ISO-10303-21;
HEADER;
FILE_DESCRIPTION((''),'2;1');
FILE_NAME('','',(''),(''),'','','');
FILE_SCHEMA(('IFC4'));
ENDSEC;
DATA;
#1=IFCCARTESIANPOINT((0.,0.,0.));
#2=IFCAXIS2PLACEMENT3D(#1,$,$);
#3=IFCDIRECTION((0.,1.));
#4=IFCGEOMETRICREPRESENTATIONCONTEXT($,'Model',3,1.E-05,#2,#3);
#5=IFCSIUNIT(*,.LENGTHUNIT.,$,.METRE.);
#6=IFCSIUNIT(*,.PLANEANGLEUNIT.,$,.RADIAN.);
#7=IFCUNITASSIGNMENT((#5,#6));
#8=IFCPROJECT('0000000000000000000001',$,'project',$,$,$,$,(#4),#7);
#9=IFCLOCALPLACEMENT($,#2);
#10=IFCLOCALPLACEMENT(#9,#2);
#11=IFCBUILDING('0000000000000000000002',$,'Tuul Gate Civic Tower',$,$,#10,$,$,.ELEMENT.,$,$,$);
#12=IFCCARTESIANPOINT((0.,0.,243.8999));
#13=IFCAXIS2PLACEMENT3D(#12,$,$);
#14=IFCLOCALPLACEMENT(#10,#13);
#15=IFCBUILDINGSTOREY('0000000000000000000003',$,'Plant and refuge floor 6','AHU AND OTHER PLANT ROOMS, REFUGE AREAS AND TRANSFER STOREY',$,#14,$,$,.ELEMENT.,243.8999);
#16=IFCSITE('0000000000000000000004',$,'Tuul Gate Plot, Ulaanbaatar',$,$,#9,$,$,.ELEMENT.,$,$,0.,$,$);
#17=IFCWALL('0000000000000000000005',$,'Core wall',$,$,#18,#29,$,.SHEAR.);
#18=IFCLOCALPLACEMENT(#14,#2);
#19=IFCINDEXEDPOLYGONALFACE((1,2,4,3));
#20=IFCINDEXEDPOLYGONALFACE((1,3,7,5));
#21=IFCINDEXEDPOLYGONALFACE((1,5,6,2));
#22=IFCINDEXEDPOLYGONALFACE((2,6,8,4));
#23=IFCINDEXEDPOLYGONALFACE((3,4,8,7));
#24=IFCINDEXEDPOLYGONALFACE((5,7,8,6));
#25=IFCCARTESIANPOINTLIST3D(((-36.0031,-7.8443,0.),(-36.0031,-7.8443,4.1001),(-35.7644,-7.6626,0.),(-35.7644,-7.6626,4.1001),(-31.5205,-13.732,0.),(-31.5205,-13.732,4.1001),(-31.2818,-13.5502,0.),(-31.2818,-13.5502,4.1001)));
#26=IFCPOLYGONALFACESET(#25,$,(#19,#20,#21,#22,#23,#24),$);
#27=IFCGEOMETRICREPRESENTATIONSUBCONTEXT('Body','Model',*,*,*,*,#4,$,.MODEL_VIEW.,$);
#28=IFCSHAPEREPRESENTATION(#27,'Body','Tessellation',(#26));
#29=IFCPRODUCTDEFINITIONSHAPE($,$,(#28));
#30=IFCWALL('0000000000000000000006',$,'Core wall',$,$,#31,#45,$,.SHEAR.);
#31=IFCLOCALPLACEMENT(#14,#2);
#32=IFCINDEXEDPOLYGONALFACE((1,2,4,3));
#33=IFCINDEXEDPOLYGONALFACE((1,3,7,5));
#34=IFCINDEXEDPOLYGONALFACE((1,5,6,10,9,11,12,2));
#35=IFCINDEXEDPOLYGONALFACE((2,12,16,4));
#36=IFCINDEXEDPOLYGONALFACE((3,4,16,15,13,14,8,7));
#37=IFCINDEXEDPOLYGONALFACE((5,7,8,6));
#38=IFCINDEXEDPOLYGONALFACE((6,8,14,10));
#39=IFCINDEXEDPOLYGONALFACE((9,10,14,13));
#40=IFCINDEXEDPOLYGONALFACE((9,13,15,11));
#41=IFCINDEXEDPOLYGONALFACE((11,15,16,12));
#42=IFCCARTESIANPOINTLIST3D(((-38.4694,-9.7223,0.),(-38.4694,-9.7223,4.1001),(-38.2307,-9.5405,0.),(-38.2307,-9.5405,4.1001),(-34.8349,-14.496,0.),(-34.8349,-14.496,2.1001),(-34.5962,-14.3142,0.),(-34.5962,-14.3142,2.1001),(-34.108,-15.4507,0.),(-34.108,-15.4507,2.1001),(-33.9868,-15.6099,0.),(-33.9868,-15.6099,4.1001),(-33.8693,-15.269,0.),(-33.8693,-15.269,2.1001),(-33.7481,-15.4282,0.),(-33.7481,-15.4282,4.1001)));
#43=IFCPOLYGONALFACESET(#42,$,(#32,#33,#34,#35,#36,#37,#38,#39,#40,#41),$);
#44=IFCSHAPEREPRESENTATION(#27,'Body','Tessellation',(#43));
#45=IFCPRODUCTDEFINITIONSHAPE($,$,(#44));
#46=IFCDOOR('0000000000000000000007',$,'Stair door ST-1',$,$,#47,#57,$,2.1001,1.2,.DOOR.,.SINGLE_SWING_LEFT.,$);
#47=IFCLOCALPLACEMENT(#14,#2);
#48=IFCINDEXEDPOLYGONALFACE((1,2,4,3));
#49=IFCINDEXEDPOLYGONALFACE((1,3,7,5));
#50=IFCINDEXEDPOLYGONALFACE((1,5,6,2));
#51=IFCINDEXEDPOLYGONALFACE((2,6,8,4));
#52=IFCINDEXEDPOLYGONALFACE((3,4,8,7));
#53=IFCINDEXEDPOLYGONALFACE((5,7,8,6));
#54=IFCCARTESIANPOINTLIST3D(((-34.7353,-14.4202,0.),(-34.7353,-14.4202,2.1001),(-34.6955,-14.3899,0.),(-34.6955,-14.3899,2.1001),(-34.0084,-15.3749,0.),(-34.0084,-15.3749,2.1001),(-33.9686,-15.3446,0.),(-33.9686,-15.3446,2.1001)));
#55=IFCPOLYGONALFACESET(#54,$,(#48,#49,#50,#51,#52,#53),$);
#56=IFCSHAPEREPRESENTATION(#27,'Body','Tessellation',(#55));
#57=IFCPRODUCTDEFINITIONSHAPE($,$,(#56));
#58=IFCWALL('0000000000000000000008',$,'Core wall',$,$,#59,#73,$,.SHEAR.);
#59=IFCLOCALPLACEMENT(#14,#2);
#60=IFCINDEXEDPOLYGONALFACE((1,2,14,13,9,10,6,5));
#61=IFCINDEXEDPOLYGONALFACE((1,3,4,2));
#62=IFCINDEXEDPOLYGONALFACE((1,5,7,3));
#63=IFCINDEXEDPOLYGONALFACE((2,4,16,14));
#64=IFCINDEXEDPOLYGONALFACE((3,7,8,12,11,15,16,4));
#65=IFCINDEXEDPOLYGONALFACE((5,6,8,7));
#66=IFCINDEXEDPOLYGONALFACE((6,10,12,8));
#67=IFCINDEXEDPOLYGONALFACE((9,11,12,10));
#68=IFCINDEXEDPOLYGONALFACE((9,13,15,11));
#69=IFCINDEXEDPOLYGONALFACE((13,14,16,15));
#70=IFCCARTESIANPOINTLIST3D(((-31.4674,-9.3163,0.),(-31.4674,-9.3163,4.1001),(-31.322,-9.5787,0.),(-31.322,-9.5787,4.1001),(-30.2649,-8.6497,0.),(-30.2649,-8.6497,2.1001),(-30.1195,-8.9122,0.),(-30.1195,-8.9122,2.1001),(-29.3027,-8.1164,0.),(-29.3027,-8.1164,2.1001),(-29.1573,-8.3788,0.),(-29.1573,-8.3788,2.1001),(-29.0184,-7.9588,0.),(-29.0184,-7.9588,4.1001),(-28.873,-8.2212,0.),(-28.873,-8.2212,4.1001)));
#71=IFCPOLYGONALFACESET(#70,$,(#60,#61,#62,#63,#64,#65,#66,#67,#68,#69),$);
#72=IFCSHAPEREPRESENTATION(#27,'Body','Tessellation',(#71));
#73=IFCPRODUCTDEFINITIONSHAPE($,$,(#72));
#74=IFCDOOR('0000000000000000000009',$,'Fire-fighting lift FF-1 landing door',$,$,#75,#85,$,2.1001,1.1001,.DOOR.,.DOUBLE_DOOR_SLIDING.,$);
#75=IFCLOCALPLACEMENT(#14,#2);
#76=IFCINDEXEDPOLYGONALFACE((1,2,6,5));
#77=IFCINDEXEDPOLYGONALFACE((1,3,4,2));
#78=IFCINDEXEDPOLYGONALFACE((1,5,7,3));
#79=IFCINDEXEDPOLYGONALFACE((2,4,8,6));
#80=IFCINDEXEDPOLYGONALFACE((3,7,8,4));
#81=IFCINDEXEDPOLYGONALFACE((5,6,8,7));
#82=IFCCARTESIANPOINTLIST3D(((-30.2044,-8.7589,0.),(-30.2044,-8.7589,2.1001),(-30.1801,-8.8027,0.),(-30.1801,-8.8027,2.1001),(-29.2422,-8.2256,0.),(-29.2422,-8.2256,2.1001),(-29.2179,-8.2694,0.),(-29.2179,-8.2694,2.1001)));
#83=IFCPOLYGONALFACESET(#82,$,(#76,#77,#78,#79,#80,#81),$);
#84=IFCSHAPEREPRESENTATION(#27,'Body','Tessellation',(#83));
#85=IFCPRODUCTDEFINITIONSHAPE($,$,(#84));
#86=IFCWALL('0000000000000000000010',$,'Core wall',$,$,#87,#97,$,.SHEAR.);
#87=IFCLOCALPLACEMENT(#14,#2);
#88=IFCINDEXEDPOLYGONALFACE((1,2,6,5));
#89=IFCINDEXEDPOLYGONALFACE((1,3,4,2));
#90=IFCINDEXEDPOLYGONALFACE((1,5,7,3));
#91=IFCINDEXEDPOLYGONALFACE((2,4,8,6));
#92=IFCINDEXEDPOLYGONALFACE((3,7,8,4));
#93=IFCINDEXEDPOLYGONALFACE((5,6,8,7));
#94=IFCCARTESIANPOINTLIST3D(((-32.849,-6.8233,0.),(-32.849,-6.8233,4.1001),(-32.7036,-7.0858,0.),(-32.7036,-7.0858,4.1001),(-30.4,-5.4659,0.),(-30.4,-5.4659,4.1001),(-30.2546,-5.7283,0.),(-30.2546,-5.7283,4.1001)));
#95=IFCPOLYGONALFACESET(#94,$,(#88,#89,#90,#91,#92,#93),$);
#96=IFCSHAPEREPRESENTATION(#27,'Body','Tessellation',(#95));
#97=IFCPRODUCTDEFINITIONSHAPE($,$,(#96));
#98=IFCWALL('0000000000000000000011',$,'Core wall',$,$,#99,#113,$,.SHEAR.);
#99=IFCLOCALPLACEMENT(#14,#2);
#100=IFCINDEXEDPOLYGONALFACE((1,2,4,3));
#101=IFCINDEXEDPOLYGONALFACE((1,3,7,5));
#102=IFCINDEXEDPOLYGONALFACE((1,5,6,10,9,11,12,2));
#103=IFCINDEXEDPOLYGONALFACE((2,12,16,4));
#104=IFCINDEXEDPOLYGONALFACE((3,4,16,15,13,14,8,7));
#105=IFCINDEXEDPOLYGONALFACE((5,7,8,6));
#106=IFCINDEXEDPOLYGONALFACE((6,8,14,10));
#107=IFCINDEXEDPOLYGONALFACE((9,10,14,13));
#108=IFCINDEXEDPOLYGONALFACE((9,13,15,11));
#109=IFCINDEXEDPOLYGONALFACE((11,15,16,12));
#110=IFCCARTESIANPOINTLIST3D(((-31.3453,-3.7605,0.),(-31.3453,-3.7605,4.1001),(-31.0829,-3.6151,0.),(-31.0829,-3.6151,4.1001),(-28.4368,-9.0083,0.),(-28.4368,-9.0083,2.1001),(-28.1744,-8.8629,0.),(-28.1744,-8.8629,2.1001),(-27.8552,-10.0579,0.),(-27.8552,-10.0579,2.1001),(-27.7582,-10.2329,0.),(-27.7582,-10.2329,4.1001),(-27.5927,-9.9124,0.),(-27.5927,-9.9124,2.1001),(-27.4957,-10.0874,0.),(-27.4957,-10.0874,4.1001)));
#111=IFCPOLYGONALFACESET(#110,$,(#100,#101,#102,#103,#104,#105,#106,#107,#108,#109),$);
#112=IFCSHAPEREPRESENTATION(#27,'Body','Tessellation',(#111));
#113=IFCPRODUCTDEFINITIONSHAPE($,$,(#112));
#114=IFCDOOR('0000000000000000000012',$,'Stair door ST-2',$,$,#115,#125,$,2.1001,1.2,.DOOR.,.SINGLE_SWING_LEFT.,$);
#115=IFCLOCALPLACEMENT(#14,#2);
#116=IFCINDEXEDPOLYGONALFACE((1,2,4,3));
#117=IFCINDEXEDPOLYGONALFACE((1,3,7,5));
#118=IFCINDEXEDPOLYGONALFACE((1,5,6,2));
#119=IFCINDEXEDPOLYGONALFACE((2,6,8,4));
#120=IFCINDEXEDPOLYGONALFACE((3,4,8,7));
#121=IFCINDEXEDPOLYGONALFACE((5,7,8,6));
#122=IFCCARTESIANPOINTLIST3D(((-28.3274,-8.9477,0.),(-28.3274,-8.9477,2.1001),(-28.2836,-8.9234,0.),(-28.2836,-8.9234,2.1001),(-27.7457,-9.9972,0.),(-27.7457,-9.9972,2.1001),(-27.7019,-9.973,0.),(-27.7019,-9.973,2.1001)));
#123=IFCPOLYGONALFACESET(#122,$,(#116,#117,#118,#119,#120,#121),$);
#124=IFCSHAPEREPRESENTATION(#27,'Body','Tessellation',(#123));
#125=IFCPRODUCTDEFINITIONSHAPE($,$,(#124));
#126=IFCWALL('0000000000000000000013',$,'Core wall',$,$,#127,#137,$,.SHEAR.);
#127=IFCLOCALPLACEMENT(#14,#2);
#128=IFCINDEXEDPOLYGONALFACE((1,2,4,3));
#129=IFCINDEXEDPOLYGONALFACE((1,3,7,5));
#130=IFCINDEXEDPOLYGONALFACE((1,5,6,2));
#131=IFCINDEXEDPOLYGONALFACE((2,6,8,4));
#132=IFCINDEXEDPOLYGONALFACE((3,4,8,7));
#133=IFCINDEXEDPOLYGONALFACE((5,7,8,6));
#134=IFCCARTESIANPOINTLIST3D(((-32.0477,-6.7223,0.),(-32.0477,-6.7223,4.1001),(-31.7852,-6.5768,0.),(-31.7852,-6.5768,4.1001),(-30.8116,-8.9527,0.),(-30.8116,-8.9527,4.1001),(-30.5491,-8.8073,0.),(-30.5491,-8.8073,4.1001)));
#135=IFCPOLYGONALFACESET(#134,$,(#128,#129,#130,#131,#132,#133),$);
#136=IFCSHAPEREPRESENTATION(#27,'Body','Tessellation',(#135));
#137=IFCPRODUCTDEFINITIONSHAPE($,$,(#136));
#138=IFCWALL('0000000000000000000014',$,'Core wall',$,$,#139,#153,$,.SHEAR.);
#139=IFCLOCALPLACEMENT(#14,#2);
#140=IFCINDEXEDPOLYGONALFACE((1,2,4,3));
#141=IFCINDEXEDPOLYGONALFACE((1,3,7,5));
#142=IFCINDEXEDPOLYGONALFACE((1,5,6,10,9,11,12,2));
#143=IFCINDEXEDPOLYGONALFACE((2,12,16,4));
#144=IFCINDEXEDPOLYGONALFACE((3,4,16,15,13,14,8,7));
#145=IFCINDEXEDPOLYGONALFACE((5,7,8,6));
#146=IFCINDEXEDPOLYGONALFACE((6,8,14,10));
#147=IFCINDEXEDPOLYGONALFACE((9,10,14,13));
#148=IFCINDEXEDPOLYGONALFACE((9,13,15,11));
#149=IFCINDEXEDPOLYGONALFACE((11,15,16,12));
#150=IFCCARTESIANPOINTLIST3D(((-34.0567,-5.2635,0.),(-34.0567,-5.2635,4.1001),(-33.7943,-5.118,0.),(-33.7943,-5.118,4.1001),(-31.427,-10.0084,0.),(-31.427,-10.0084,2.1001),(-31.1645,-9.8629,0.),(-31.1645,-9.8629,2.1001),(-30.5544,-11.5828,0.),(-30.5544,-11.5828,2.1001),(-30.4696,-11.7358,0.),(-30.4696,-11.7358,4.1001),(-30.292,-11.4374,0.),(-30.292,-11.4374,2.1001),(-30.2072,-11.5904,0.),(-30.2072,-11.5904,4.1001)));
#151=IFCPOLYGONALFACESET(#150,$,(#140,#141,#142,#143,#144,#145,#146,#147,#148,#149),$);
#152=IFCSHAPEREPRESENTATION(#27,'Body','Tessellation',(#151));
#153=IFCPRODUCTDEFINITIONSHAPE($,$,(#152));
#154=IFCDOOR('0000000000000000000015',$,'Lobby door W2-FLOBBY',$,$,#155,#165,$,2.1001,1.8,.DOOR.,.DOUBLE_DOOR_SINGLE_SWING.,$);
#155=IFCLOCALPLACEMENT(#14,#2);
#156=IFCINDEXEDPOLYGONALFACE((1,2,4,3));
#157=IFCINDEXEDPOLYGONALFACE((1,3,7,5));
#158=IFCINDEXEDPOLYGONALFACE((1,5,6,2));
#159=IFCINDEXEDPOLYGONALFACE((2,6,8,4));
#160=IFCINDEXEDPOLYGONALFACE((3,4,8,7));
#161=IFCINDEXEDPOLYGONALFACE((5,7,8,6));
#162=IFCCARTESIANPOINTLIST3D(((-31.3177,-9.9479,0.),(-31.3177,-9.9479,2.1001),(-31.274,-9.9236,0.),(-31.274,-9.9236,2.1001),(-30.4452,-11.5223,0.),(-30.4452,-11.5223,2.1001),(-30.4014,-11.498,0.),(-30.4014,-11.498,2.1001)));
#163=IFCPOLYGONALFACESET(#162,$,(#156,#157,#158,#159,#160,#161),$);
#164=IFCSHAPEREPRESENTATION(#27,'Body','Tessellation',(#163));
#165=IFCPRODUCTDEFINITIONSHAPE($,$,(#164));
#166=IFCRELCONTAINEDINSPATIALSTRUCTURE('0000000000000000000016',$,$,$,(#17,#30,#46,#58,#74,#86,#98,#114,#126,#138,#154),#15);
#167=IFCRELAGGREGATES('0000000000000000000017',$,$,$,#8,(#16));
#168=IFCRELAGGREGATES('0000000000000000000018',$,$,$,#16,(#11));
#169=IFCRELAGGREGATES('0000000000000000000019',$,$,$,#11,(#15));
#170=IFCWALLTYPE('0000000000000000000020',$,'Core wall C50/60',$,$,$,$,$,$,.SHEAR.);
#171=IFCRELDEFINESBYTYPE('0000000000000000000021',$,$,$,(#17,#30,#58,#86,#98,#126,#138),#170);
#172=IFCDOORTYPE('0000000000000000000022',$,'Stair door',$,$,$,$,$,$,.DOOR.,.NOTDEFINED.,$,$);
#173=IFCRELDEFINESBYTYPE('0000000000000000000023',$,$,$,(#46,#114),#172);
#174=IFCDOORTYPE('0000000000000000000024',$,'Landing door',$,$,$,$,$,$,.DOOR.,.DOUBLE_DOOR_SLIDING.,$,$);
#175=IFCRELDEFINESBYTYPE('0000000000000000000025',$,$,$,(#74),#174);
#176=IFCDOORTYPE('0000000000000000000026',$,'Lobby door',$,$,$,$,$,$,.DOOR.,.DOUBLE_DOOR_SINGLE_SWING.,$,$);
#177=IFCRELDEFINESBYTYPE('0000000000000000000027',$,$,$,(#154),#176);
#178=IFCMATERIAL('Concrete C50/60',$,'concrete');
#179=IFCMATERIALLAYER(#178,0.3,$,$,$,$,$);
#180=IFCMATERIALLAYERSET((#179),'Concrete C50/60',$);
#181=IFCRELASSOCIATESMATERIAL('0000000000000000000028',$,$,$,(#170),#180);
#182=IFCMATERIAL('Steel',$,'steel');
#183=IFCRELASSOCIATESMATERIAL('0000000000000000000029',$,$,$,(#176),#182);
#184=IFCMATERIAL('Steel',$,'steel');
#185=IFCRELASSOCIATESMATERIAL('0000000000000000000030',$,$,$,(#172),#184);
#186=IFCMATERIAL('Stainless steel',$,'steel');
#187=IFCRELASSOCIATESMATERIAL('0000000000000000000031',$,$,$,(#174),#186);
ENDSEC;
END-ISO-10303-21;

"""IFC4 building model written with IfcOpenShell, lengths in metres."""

from ifc_helpers import new_model, si_unit, direction, frame, frame_2d, origin, place, context, subcontext, project, spatial, rectangle, extrude, material, layer, layer_set, type_object, element, fill, save


model = new_model("IFC4")

# Units and contexts
model_context = context("Model", 3, precision=1e-05, world=origin(), true_north=direction((0.0, 1.0)))
body_context = subcontext(model_context, "Body", "Model", "MODEL_VIEW")
ifc_project = project(units=[si_unit("LENGTHUNIT", "METRE"), si_unit("PLANEANGLEUNIT", "RADIAN")], contexts=[model_context])

# Site, building, storey
site_placement = place(None, origin())
site = spatial("IfcSite", under=ifc_project, at=site_placement, Name="Tuul Gate Plot, Ulaanbaatar", CompositionType="ELEMENT", RefElevation=0.0)
building_placement = place(site_placement, origin())
building = spatial("IfcBuilding", under=site, at=building_placement, Name="Tuul Gate Civic Tower", CompositionType="ELEMENT")
storey_placement = place(building_placement, frame((0.0, 0.0, 243.8999)))
storey = spatial("IfcBuildingStorey", under=building, at=storey_placement, Name="Plant and refuge floor 6", Description="AHU AND OTHER PLANT ROOMS, REFUGE AREAS AND TRANSFER STOREY", CompositionType="ELEMENT", Elevation=243.8999)

# Shared definitions
ifc_material_1 = material(Name="Concrete C50/60", Category="concrete")
ifc_layer_1 = layer(ifc_material_1, 0.3)
ifc_layer_set_1 = layer_set([ifc_layer_1], Name="Concrete C50/60")
wall_type_1 = type_object("IfcWallType", Name="Core wall C50/60", PredefinedType="SHEAR", material=ifc_layer_set_1)
ifc_material_2 = material(Name="Steel", Category="steel")
door_type_1 = type_object("IfcDoorType", Name="Lobby door", OperationType="DOUBLE_DOOR_SINGLE_SWING", PredefinedType="DOOR", material=ifc_material_2)

# Wall
wall_1_placement = place(storey_placement, frame((-31.4011, -13.6411, 0.0), z_axis=(0.0, 0.0, 1.0), x_axis=(-0.60577, 0.79564, 0.0)))
element("IfcWall", 1, at=wall_1_placement, inside=storey, type_object=wall_type_1, Name="Core wall", PredefinedType="SHEAR", context=body_context, shape_type="SweptSolid", body=[
    extrude(rectangle(XDim=7.3999, YDim=0.3, at=frame_2d((3.7, 0.0))), origin(), (0.0, 0.0, 1.0), 4.1001),
])

# Walls, openings, doors
wall_2_placement = place(storey_placement, frame((-33.8674, -15.519, 0.0), z_axis=(0.0, 0.0, 1.0), x_axis=(-0.60577, 0.79564, 0.0)))
wall_2 = element("IfcWall", 2, at=wall_2_placement, inside=storey, type_object=wall_type_1, Name="Core wall", PredefinedType="SHEAR", context=body_context, shape_type="SweptSolid", body=[
    extrude(rectangle(XDim=7.3999, YDim=0.3, at=frame_2d((3.7, 0.0))), origin(), (0.0, 0.0, 1.0), 4.1001),
])
opening_1_placement = place(wall_2_placement, frame((0.2, 0.0, 0.0)))
opening_1 = element("IfcOpeningElement", 3, at=opening_1_placement, cuts=wall_2, PredefinedType="OPENING", context=body_context, shape_type="SweptSolid", body=[
    extrude(rectangle(XDim=1.2, YDim=2.1001, at=frame_2d((0.6001, 1.05))), frame((0.0, 0.1602, 0.0), z_axis=(0.0, -1.0, 0.0), x_axis=(1.0, 0.0, 0.0)), (0.0, 0.0, 1.0), 0.3201),
])
ifc_material_3 = material(Name="Steel", Category="steel")
door_type_2 = type_object("IfcDoorType", Name="Stair door", OperationType="NOTDEFINED", PredefinedType="DOOR", material=ifc_material_3)
door_1_placement = place(opening_1_placement, origin())
door_1 = element("IfcDoor", 4, at=door_1_placement, inside=storey, type_object=door_type_2, Name="Stair door ST-1", OperationType="SINGLE_SWING_LEFT", OverallHeight=2.1001, OverallWidth=1.2, PredefinedType="DOOR", context=body_context, shape_type="SweptSolid", body=[
    extrude(rectangle(XDim=1.2, YDim=2.1001, at=frame_2d((0.6001, 1.05))), frame((0.0, 0.0249, 0.0), z_axis=(0.0, -1.0, 0.0), x_axis=(1.0, 0.0, 0.0)), (0.0, 0.0, 1.0), 0.05),
])
fill(opening_1, door_1)
wall_3_placement = place(storey_placement, frame((-28.9458, -8.0901, 0.0), z_axis=(0.0, 0.0, 1.0), x_axis=(-0.87463, -0.484791, 0.0)))
wall_3 = element("IfcWall", 5, at=wall_3_placement, inside=storey, type_object=wall_type_1, Name="Core wall", PredefinedType="SHEAR", context=body_context, shape_type="SweptSolid", body=[
    extrude(rectangle(XDim=2.8, YDim=0.3, at=frame_2d((1.3999, 0.0))), origin(), (0.0, 0.0, 1.0), 4.1001),
])
opening_2_placement = place(wall_3_placement, frame((0.325, 0.0, 0.0)))
opening_2 = element("IfcOpeningElement", 6, at=opening_2_placement, cuts=wall_3, PredefinedType="OPENING", context=body_context, shape_type="SweptSolid", body=[
    extrude(rectangle(XDim=1.1001, YDim=2.1001, at=frame_2d((0.55, 1.05))), frame((0.0, 0.1602, 0.0), z_axis=(0.0, -1.0, 0.0), x_axis=(1.0, 0.0, 0.0)), (0.0, 0.0, 1.0), 0.3201),
])
ifc_material_4 = material(Name="Stainless steel", Category="steel")
door_type_3 = type_object("IfcDoorType", Name="Landing door", OperationType="DOUBLE_DOOR_SLIDING", PredefinedType="DOOR", material=ifc_material_4)
door_2_placement = place(opening_2_placement, origin())
door_2 = element("IfcDoor", 7, at=door_2_placement, inside=storey, type_object=door_type_3, Name="Fire-fighting lift FF-1 landing door", OperationType="DOUBLE_DOOR_SLIDING", OverallHeight=2.1001, OverallWidth=1.1001, PredefinedType="DOOR", context=body_context, shape_type="SweptSolid", body=[
    extrude(rectangle(XDim=1.1001, YDim=2.1001, at=frame_2d((0.55, 1.05))), frame((0.0, 0.0249, 0.0), z_axis=(0.0, -1.0, 0.0), x_axis=(1.0, 0.0, 0.0)), (0.0, 0.0, 1.0), 0.05),
])
fill(opening_2, door_2)

# Wall
wall_4_placement = place(storey_placement, frame((-30.3274, -5.5972, 0.0), z_axis=(0.0, 0.0, 1.0), x_axis=(-0.87463, -0.484791, 0.0)))
element("IfcWall", 8, at=wall_4_placement, inside=storey, type_object=wall_type_1, Name="Core wall", PredefinedType="SHEAR", context=body_context, shape_type="SweptSolid", body=[
    extrude(rectangle(XDim=2.8, YDim=0.3, at=frame_2d((1.3999, 0.0))), origin(), (0.0, 0.0, 1.0), 4.1001),
])

# Wall, opening, door
wall_5_placement = place(storey_placement, frame((-27.627, -10.1602, 0.0), z_axis=(0.0, 0.0, 1.0), x_axis=(-0.484752, 0.874652, 0.0)))
wall_5 = element("IfcWall", 9, at=wall_5_placement, inside=storey, type_object=wall_type_1, Name="Core wall", PredefinedType="SHEAR", context=body_context, shape_type="SweptSolid", body=[
    extrude(rectangle(XDim=7.3999, YDim=0.3, at=frame_2d((3.7, 0.0))), origin(), (0.0, 0.0, 1.0), 4.1001),
])
opening_3_placement = place(wall_5_placement, frame((0.2, 0.0, 0.0)))
opening_3 = element("IfcOpeningElement", 10, at=opening_3_placement, cuts=wall_5, PredefinedType="OPENING", context=body_context, shape_type="SweptSolid", body=[
    extrude(rectangle(XDim=1.2, YDim=2.1001, at=frame_2d((0.6001, 1.05))), frame((0.0, 0.1602, 0.0), z_axis=(0.0, -1.0, 0.0), x_axis=(1.0, 0.0, 0.0)), (0.0, 0.0, 1.0), 0.3201),
])
door_3_placement = place(opening_3_placement, origin())
door_3 = element("IfcDoor", 11, at=door_3_placement, inside=storey, type_object=door_type_2, Name="Stair door ST-2", OperationType="SINGLE_SWING_LEFT", OverallHeight=2.1001, OverallWidth=1.2, PredefinedType="DOOR", context=body_context, shape_type="SweptSolid", body=[
    extrude(rectangle(XDim=1.2, YDim=2.1001, at=frame_2d((0.6001, 1.05))), frame((0.0, 0.0249, 0.0), z_axis=(0.0, -1.0, 0.0), x_axis=(1.0, 0.0, 0.0)), (0.0, 0.0, 1.0), 0.05),
])
fill(opening_3, door_3)

# Wall
wall_6_placement = place(storey_placement, frame((-30.6804, -8.8799, 0.0), z_axis=(0.0, 0.0, 1.0), x_axis=(-0.484724, 0.874667, 0.0)))
element("IfcWall", 12, at=wall_6_placement, inside=storey, type_object=wall_type_1, Name="Core wall", PredefinedType="SHEAR", context=body_context, shape_type="SweptSolid", body=[
    extrude(rectangle(XDim=2.55, YDim=0.3, at=frame_2d((1.2749, 0.0))), origin(), (0.0, 0.0, 1.0), 4.1001),
])

# Wall, opening, door
wall_7_placement = place(storey_placement, frame((-30.3384, -11.6631, 0.0), z_axis=(0.0, 0.0, 1.0), x_axis=(-0.484752, 0.874652, 0.0)))
wall_7 = element("IfcWall", 13, at=wall_7_placement, inside=storey, type_object=wall_type_1, Name="Core wall", PredefinedType="SHEAR", context=body_context, shape_type="SweptSolid", body=[
    extrude(rectangle(XDim=7.3999, YDim=0.3, at=frame_2d((3.7, 0.0))), origin(), (0.0, 0.0, 1.0), 4.1001),
])
opening_4_placement = place(wall_7_placement, frame((0.175, 0.0, 0.0)))
opening_4 = element("IfcOpeningElement", 14, at=opening_4_placement, cuts=wall_7, PredefinedType="OPENING", context=body_context, shape_type="SweptSolid", body=[
    extrude(rectangle(XDim=1.8, YDim=2.1001, at=frame_2d((0.8999, 1.05))), frame((0.0, 0.1602, 0.0), z_axis=(0.0, -1.0, 0.0), x_axis=(1.0, 0.0, 0.0)), (0.0, 0.0, 1.0), 0.3201),
])
door_4_placement = place(opening_4_placement, frame((1.8, 0.0, 0.0), z_axis=(0.0, 0.0, 1.0), x_axis=(-1.0, 0.0, 0.0)))
door_4 = element("IfcDoor", 15, at=door_4_placement, inside=storey, type_object=door_type_1, Name="Lobby door W2-FLOBBY", OperationType="DOUBLE_DOOR_SINGLE_SWING", OverallHeight=2.1001, OverallWidth=1.8, PredefinedType="DOOR", context=body_context, shape_type="SweptSolid", body=[
    extrude(rectangle(XDim=1.8, YDim=2.1001, at=frame_2d((0.9001, 1.05))), frame((0.0, 0.0249, 0.0), z_axis=(0.0, -1.0, 0.0), x_axis=(1.0, 0.0, 0.0)), (0.0, 0.0, 1.0), 0.05),
])
fill(opening_4, door_4)

save(model, "model.ifc")
